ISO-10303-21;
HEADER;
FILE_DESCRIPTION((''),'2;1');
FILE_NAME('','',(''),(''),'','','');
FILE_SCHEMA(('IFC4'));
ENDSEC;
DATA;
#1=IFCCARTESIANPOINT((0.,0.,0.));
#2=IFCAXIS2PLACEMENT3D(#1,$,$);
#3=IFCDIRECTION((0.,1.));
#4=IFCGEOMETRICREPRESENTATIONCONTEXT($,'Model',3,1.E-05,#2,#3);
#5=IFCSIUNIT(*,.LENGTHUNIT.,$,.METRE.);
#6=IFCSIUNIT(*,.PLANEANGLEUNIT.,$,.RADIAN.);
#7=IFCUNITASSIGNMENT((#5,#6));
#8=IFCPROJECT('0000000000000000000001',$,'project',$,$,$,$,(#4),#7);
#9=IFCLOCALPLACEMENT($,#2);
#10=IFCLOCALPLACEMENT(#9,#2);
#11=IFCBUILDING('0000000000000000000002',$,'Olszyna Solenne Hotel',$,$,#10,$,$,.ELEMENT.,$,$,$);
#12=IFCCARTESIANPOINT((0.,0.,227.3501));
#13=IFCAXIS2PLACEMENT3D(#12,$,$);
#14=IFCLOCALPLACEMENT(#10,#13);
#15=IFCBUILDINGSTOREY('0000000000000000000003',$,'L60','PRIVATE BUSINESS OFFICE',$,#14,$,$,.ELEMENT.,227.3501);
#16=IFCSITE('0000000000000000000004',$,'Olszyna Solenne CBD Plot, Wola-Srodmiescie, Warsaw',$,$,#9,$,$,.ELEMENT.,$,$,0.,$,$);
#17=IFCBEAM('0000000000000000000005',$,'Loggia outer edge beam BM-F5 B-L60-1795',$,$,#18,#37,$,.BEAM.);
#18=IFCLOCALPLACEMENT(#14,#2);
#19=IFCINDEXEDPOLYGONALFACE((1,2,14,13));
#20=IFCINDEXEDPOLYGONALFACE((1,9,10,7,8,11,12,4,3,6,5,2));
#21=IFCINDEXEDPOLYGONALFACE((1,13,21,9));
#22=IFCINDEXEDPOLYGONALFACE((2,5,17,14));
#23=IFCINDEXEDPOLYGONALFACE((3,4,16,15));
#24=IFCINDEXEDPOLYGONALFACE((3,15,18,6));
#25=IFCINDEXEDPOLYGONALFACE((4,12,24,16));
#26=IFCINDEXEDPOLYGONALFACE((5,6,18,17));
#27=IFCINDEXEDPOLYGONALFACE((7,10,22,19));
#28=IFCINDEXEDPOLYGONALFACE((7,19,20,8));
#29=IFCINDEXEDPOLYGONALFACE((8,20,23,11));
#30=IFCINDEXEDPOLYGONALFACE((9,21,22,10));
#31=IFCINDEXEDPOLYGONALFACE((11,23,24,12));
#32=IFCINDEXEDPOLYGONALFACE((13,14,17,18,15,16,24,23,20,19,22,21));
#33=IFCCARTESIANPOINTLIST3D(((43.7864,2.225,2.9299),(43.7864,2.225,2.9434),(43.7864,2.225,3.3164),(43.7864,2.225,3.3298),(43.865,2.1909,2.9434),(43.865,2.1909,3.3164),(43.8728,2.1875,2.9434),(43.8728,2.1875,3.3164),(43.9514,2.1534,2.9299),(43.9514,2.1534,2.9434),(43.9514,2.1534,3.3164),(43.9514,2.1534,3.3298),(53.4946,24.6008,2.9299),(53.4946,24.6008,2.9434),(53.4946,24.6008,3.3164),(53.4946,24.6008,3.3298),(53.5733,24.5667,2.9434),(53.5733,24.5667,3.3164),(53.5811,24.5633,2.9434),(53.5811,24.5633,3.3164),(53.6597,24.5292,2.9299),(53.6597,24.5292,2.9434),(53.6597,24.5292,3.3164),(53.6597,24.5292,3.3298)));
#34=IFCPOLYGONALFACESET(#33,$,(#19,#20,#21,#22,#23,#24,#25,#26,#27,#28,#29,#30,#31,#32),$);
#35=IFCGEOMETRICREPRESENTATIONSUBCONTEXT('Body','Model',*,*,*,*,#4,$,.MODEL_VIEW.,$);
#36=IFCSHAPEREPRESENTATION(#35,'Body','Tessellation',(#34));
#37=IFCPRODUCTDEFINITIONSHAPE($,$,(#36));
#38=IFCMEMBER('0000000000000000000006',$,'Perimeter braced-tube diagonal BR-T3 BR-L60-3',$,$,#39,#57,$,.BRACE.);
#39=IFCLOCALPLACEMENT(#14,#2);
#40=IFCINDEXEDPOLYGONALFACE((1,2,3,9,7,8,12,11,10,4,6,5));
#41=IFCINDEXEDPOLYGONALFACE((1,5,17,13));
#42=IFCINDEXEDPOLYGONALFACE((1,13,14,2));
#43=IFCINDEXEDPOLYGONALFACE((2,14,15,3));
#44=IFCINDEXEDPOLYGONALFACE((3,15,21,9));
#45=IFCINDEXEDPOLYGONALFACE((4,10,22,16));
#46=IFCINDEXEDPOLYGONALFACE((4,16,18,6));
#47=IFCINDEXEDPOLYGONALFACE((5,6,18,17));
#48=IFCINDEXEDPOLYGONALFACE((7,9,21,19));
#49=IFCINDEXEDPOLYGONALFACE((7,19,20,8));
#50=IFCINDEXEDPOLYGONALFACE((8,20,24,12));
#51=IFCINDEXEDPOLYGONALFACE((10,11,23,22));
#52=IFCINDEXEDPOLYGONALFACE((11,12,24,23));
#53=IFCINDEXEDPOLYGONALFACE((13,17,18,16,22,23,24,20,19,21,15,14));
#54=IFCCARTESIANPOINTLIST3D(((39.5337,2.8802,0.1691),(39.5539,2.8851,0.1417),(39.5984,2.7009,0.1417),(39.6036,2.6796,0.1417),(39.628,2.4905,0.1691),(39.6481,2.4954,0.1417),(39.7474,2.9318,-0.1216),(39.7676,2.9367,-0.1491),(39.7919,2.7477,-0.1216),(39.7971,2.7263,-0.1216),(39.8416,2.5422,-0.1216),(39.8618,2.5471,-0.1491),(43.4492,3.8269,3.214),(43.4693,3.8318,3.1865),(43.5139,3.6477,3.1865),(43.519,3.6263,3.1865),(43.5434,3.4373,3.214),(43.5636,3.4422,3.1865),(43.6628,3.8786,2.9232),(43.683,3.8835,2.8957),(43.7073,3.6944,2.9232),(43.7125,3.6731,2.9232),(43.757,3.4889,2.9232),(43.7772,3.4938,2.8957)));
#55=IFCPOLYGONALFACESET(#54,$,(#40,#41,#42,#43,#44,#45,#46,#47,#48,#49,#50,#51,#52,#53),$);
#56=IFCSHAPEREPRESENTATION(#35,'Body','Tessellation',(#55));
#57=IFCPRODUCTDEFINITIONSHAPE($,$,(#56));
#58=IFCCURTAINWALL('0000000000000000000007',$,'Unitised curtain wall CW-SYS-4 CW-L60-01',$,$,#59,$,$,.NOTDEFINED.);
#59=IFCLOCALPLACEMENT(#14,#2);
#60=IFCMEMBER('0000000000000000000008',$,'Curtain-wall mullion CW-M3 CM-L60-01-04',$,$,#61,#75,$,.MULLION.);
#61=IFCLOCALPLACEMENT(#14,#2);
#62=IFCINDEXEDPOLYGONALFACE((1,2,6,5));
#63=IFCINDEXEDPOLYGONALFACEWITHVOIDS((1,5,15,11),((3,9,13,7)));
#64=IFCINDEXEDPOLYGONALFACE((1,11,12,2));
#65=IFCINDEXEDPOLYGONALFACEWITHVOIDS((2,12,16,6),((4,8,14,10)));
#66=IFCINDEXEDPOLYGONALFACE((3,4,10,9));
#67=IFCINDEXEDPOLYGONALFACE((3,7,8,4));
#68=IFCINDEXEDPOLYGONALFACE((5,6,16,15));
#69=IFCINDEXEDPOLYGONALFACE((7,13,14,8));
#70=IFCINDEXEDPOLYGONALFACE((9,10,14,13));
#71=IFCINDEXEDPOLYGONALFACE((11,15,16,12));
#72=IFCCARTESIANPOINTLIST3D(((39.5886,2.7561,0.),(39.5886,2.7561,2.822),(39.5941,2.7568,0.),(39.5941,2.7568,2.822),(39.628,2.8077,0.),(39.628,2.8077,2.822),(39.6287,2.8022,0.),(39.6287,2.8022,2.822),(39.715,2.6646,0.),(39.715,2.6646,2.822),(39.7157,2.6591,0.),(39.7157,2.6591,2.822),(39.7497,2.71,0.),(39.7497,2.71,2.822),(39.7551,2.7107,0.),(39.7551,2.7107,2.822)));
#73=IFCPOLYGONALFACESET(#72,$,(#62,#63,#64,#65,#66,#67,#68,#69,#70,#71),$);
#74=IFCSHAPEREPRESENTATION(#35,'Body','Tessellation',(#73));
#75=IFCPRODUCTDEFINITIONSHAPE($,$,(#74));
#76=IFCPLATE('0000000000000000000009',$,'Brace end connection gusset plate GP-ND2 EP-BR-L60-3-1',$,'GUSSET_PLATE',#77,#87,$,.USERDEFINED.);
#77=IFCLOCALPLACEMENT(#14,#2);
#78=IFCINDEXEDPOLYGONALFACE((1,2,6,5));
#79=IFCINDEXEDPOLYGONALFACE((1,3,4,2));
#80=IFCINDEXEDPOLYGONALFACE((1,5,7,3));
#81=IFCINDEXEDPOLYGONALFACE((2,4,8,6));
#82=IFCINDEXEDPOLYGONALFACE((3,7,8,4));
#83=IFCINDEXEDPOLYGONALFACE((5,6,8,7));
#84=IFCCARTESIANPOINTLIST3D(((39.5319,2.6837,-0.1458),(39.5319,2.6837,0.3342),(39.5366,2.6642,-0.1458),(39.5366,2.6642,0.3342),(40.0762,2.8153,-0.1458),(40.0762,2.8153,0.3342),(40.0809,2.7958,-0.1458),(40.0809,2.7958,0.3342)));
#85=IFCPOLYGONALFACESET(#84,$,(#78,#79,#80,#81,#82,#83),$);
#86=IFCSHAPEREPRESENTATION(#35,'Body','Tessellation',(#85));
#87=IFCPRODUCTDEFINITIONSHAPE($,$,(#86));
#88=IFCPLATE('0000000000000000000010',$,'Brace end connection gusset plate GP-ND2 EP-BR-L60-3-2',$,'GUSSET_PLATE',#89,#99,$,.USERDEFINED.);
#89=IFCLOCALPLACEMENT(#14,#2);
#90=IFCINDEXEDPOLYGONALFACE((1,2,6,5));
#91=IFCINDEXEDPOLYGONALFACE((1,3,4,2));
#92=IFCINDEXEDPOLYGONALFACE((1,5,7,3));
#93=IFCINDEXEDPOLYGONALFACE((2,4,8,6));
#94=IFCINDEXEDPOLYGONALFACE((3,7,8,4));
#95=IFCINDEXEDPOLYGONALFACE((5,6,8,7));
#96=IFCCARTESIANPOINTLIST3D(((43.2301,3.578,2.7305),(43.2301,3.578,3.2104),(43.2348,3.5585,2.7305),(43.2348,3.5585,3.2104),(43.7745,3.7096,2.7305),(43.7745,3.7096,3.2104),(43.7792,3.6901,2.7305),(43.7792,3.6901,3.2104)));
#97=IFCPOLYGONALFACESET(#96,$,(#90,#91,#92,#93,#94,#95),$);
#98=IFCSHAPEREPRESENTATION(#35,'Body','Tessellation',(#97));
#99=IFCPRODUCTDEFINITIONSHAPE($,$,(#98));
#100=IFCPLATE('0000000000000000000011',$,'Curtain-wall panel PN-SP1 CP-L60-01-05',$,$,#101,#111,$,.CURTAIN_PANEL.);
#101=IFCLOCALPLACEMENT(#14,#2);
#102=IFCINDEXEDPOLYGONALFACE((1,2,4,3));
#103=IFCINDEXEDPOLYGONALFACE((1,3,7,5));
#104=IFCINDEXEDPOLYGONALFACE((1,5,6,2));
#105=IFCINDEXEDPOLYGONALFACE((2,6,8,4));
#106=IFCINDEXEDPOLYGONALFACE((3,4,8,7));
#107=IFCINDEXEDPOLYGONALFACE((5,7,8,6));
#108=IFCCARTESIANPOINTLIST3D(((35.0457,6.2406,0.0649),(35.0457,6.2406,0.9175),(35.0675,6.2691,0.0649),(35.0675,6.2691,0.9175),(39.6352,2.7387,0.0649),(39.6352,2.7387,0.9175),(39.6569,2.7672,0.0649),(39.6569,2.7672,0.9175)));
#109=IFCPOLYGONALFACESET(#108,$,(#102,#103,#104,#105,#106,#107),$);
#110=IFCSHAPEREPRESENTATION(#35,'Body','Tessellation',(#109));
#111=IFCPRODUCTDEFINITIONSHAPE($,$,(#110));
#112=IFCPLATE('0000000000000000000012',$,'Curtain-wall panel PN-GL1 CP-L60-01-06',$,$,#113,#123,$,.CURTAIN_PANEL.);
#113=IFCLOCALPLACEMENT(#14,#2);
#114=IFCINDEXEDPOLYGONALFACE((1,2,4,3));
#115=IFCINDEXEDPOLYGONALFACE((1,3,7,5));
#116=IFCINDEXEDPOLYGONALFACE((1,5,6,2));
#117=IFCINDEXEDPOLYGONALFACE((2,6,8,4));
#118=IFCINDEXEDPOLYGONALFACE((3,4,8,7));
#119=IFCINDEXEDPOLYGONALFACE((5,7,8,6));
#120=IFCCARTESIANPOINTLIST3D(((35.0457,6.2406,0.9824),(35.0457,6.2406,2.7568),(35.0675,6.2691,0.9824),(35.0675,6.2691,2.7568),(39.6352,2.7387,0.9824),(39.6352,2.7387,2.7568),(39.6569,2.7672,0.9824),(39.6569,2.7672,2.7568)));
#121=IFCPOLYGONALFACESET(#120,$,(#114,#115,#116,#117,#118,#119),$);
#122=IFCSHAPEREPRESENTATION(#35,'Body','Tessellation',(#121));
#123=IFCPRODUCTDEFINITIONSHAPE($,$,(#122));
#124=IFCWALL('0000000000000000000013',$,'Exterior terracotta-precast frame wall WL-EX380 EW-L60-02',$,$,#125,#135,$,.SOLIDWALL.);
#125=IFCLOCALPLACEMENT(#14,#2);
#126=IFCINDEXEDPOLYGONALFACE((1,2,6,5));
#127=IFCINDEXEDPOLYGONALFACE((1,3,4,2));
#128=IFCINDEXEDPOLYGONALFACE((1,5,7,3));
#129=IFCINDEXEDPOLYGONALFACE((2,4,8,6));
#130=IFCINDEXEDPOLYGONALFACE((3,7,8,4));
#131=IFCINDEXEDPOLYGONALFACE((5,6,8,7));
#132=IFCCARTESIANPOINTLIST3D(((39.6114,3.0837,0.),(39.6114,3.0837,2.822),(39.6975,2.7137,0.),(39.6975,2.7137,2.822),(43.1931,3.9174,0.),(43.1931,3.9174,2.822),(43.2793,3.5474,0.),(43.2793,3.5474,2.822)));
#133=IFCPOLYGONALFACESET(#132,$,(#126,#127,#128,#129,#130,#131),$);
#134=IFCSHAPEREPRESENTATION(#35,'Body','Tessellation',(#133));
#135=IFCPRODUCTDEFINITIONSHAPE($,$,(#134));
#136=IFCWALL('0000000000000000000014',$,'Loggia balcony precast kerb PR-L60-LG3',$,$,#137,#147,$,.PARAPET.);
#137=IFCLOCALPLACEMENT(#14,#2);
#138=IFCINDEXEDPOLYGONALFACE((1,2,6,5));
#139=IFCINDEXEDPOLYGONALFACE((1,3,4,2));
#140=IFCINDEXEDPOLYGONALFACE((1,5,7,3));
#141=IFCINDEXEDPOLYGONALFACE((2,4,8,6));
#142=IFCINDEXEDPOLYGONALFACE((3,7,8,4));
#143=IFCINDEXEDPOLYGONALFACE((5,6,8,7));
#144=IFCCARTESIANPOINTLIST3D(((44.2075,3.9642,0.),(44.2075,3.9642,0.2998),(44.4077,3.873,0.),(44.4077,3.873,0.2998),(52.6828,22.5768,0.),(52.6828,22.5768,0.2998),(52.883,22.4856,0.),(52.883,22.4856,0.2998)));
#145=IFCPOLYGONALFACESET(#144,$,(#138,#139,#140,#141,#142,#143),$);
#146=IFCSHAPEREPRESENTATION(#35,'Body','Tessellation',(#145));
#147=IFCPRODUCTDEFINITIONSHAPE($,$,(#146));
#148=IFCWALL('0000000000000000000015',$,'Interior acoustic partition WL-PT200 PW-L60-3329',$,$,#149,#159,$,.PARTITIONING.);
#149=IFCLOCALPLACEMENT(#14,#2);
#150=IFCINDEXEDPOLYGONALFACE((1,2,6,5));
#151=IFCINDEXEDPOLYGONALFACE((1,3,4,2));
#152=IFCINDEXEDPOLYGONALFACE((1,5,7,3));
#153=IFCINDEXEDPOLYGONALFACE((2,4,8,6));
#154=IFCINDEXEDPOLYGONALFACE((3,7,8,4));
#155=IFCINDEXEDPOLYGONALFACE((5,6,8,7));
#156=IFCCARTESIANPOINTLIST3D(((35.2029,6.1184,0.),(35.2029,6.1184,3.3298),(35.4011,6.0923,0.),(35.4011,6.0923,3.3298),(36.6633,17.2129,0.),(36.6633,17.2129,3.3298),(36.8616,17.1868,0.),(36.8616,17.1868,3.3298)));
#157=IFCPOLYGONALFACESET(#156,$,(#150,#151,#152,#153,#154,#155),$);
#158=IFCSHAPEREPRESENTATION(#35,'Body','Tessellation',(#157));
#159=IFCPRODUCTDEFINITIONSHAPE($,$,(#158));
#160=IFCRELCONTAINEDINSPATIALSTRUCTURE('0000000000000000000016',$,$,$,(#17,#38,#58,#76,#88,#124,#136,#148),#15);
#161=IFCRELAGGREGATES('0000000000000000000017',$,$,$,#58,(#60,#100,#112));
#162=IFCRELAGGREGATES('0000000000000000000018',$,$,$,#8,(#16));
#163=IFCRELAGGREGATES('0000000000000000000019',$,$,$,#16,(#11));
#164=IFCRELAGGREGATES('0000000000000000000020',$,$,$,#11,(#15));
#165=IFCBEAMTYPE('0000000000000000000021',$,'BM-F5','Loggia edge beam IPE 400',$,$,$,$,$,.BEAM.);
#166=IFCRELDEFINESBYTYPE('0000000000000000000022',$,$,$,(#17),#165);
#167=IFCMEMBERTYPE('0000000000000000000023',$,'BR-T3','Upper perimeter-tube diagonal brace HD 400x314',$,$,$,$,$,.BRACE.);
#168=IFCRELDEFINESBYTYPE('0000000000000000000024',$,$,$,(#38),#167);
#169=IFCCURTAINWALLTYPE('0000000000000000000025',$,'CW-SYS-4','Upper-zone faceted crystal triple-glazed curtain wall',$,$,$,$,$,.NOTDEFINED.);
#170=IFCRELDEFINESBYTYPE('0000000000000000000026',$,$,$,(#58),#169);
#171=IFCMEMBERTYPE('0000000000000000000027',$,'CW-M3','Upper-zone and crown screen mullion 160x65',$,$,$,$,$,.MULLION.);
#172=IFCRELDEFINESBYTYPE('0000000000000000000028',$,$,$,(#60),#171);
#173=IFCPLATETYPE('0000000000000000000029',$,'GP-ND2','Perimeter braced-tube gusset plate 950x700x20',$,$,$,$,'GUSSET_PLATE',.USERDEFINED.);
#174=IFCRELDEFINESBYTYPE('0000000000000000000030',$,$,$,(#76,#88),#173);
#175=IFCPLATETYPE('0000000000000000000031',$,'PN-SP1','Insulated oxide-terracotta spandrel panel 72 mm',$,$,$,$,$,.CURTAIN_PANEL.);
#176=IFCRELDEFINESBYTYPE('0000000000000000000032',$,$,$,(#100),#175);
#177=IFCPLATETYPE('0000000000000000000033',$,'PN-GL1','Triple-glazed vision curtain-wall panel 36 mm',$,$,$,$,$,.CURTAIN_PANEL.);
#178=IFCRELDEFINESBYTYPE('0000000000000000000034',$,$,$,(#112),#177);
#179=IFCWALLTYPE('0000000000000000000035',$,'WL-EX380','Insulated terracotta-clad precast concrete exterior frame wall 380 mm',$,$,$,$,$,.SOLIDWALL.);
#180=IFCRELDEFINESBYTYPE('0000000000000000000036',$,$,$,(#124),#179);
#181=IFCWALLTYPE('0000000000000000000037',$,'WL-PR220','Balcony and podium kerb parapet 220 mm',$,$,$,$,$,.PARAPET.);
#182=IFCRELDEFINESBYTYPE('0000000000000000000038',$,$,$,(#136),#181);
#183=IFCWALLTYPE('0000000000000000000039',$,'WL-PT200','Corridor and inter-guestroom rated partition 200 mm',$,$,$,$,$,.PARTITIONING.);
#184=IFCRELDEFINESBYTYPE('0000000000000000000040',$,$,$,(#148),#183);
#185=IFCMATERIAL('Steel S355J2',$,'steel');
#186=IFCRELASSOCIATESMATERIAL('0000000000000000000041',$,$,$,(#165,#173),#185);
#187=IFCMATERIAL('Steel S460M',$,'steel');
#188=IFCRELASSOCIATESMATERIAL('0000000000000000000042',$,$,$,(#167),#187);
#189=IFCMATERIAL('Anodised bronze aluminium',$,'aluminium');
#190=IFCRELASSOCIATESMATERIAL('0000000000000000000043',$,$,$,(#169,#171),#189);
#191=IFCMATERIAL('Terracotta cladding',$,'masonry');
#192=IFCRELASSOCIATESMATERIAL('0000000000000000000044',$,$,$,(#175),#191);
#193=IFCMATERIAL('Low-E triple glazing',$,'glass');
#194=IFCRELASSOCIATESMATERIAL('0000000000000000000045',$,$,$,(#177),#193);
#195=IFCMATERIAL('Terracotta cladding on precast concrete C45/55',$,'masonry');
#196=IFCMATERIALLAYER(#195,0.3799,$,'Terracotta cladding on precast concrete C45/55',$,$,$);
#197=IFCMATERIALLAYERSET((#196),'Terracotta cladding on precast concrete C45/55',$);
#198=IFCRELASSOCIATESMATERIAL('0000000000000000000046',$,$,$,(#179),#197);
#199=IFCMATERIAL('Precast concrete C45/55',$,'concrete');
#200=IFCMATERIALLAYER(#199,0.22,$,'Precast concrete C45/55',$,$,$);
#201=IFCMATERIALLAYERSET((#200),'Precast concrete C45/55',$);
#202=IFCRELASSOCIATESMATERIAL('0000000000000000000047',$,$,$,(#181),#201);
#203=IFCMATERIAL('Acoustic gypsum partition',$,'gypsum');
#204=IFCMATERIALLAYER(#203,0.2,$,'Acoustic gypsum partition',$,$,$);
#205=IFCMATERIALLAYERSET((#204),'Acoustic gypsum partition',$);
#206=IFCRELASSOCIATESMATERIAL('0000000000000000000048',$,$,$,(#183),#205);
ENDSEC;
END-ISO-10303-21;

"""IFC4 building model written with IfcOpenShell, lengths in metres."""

from ifc_helpers import new_model, si_unit, direction, frame, frame_2d, origin, origin_2d, place, context, subcontext, project, spatial, rectangle, hollow_rectangle, i_section, extrude, source, transform, mapped, material, layer, layer_set, material_profile, profile_set, type_object, element, aggregate, save


model = new_model("IFC4")

# Units and contexts
model_context = context("Model", 3, precision=1e-05, world=origin(), true_north=direction((0.0, 1.0)))
body_context = subcontext(model_context, "Body", "Model", "MODEL_VIEW")
ifc_project = project(units=[si_unit("LENGTHUNIT", "METRE"), si_unit("PLANEANGLEUNIT", "RADIAN")], contexts=[model_context])

# Site, building, storey
site_placement = place(None, origin())
site = spatial("IfcSite", under=ifc_project, at=site_placement, Name="Olszyna Solenne CBD Plot, Wola-Srodmiescie, Warsaw", CompositionType="ELEMENT", RefElevation=0.0)
building_placement = place(site_placement, origin())
building = spatial("IfcBuilding", under=site, at=building_placement, Name="Olszyna Solenne Hotel", CompositionType="ELEMENT")
storey_placement = place(building_placement, frame((0.0, 0.0, 227.3501)))
storey = spatial("IfcBuildingStorey", under=building, at=storey_placement, Name="L60", Description="PRIVATE BUSINESS OFFICE", CompositionType="ELEMENT", Elevation=227.3501)

# Shared definitions
ifc_material_1 = material(Name="Steel S460M", Category="steel")

# Beam
ifc_material_2 = material(Name="Steel S355J2", Category="steel")
ifc_material_profile_1 = material_profile(ifc_material_2, i_section(OverallWidth=0.1799, OverallDepth=0.3999, WebThickness=0.0085, FlangeThickness=0.0134, at=origin_2d()), Name="IPE 400", Category="load-bearing")
ifc_profile_set_1 = profile_set([ifc_material_profile_1], Name="Steel S355J2")
beam_type_1 = type_object("IfcBeamType", Name="BM-F5", Description="Loggia edge beam IPE 400", PredefinedType="BEAM", material=ifc_profile_set_1)
shared_shape_1 = source(origin(), body_context, "Body", "SweptSolid", [
    extrude(i_section(OverallWidth=0.1799, OverallDepth=0.3999, WebThickness=0.0085, FlangeThickness=0.0134, at=origin_2d()), origin(), (0.0, 0.0, 1.0), 24.3911),
])
beam_1_placement = place(storey_placement, frame((43.8689, 2.1892, 3.1299), z_axis=(0.398025, 0.917375, 0.0), x_axis=(-0.917375, 0.398025, 0.0)))
element("IfcBeam", 1, at=beam_1_placement, inside=storey, type_object=beam_type_1, Name="Loggia outer edge beam BM-F5 B-L60-1795", PredefinedType="BEAM", context=body_context, shape_type="MappedRepresentation", body=[
    mapped(shared_shape_1, transform((0.0, 0.0, 0.0), x_axis=(1.0, 0.0, 0.0), y_axis=(0.0, 1.0, 0.0), z_axis=(0.0, 0.0, 1.0), scale=1.0)),
])

# Member
ifc_material_profile_2 = material_profile(ifc_material_1, i_section(OverallWidth=0.4009, OverallDepth=0.3989, WebThickness=0.022, FlangeThickness=0.0344, at=origin_2d()), Name="HD 400x314", Category="load-bearing")
ifc_profile_set_2 = profile_set([ifc_material_profile_2], Name="Steel S460M")
member_type_1 = type_object("IfcMemberType", Name="BR-T3", Description="Upper perimeter-tube diagonal brace HD 400x314", PredefinedType="BRACE", material=ifc_profile_set_2)
shared_shape_2 = source(origin(), body_context, "Body", "SweptSolid", [
    extrude(i_section(OverallWidth=0.4009, OverallDepth=0.3989, WebThickness=0.022, FlangeThickness=0.0344, at=origin_2d()), origin(), (0.0, 0.0, 1.0), 5.0496),
])
member_1_placement = place(storey_placement, frame((39.6978, 2.7136, 0.01), z_axis=(0.775401, 0.187492, 0.602993), x_axis=(-0.235028, 0.971989, 0.0)))
element("IfcMember", 2, at=member_1_placement, inside=storey, type_object=member_type_1, Name="Perimeter braced-tube diagonal BR-T3 BR-L60-3", PredefinedType="BRACE", context=body_context, shape_type="MappedRepresentation", body=[
    mapped(shared_shape_2, transform((0.0, 0.0, 0.0), x_axis=(1.0, 0.0, 0.0), y_axis=(0.0, 1.0, 0.0), z_axis=(0.0, 0.0, 1.0), scale=1.0)),
])

# Curtain wall, member
ifc_material_3 = material(Name="Anodised bronze aluminium", Category="aluminium")
curtain_wall_type = type_object("IfcCurtainWallType", Name="CW-SYS-4", Description="Upper-zone faceted crystal triple-glazed curtain wall", PredefinedType="NOTDEFINED", material=ifc_material_3)
curtain_wall_placement = place(storey_placement, origin())
curtain_wall = element("IfcCurtainWall", 3, at=curtain_wall_placement, inside=storey, type_object=curtain_wall_type, Name="Unitised curtain wall CW-SYS-4 CW-L60-01", PredefinedType="NOTDEFINED")
ifc_material_profile_3 = material_profile(ifc_material_3, hollow_rectangle(XDim=0.0649, YDim=0.1599, WallThickness=0.0039, at=origin_2d()), Name="MULL 160x65x4", Category="load-bearing")
ifc_profile_set_3 = profile_set([ifc_material_profile_3], Name="Anodised bronze aluminium")
member_type_2 = type_object("IfcMemberType", Name="CW-M3", Description="Upper-zone and crown screen mullion 160x65", PredefinedType="MULLION", material=ifc_profile_set_3)
shared_shape_3 = source(origin(), body_context, "Body", "SweptSolid", [
    extrude(hollow_rectangle(XDim=0.0649, YDim=0.1599, WallThickness=0.0039, at=origin_2d()), origin(), (0.0, 0.0, 1.0), 2.822),
])
member_2_placement = place(storey_placement, frame((39.6719, 2.7334, 0.0), z_axis=(0.0, 0.0, 1.0), x_axis=(0.606611, 0.794999, 0.0)))
member_2 = element("IfcMember", 4, at=member_2_placement, type_object=member_type_2, Name="Curtain-wall mullion CW-M3 CM-L60-01-04", PredefinedType="MULLION", context=body_context, shape_type="MappedRepresentation", body=[
    mapped(shared_shape_3, transform((0.0, 0.0, 0.0), x_axis=(1.0, 0.0, 0.0), y_axis=(0.0, 1.0, 0.0), z_axis=(0.0, 0.0, 1.0), scale=1.0)),
])

# Plates
plate_type_1 = type_object("IfcPlateType", Name="GP-ND2", Description="Perimeter braced-tube gusset plate 950x700x20", ElementType="GUSSET_PLATE", PredefinedType="USERDEFINED", material=ifc_material_2)
shared_shape_4 = source(origin(), body_context, "Body", "SweptSolid", [
    extrude(rectangle(XDim=0.5601, YDim=0.02, at=origin_2d()), origin(), (0.0, 0.0, 1.0), 0.48),
])
for number, where, z_axis, x_axis, name in (
    (5, (39.8064, 2.7397, -0.1458), (0.0, 0.0, 1.0), (0.972002, 0.234972, 0.0), "Brace end connection gusset plate GP-ND2 EP-BR-L60-3-1"),
    (6, (43.5046, 3.634, 2.7305), (0.0, 0.0, 1.0), (0.972002, 0.234972, 0.0), "Brace end connection gusset plate GP-ND2 EP-BR-L60-3-2"),
):
    element("IfcPlate", number, at=place(storey_placement, frame(where, z_axis=z_axis, x_axis=x_axis)), inside=storey, type_object=plate_type_1, Name=name, ObjectType="GUSSET_PLATE", PredefinedType="USERDEFINED", context=body_context, shape_type="MappedRepresentation", body=[
        mapped(shared_shape_4, transform((0.0, 0.0, 0.0), x_axis=(1.0, 0.0, 0.0), y_axis=(0.0, 1.0, 0.0), z_axis=(0.0, 0.0, 1.0), scale=1.0)),
    ])

# Plates
ifc_material_4 = material(Name="Terracotta cladding", Category="masonry")
plate_type_2 = type_object("IfcPlateType", Name="PN-SP1", Description="Insulated oxide-terracotta spandrel panel 72 mm", PredefinedType="CURTAIN_PANEL", material=ifc_material_4)
shared_shape_5 = source(origin(), body_context, "Body", "SweptSolid", [
    extrude(rectangle(XDim=5.7729, YDim=0.0359, at=origin_2d()), origin(), (0.0, 0.0, 1.0), 0.8525),
])
plate_1_placement = place(storey_placement, frame((37.3513, 4.5039, 0.0649), z_axis=(0.0, 0.0, 1.0), x_axis=(0.794999, -0.606611, 0.0)))
plate_1 = element("IfcPlate", 7, at=plate_1_placement, type_object=plate_type_2, Name="Curtain-wall panel PN-SP1 CP-L60-01-05", PredefinedType="CURTAIN_PANEL", context=body_context, shape_type="MappedRepresentation", body=[
    mapped(shared_shape_5, transform((0.0, 0.0, 0.0), x_axis=(1.0, 0.0, 0.0), y_axis=(0.0, 1.0, 0.0), z_axis=(0.0, 0.0, 1.0), scale=1.0)),
])
ifc_material_5 = material(Name="Low-E triple glazing", Category="glass")
plate_type_3 = type_object("IfcPlateType", Name="PN-GL1", Description="Triple-glazed vision curtain-wall panel 36 mm", PredefinedType="CURTAIN_PANEL", material=ifc_material_5)
shared_shape_6 = source(origin(), body_context, "Body", "SweptSolid", [
    extrude(rectangle(XDim=5.7729, YDim=0.0359, at=origin_2d()), origin(), (0.0, 0.0, 1.0), 1.7744),
])
plate_2_placement = place(storey_placement, frame((37.3513, 4.5039, 0.9824), z_axis=(0.0, 0.0, 1.0), x_axis=(0.794999, -0.606611, 0.0)))
plate_2 = element("IfcPlate", 8, at=plate_2_placement, type_object=plate_type_3, Name="Curtain-wall panel PN-GL1 CP-L60-01-06", PredefinedType="CURTAIN_PANEL", context=body_context, shape_type="MappedRepresentation", body=[
    mapped(shared_shape_6, transform((0.0, 0.0, 0.0), x_axis=(1.0, 0.0, 0.0), y_axis=(0.0, 1.0, 0.0), z_axis=(0.0, 0.0, 1.0), scale=1.0)),
])
aggregate(curtain_wall, [member_2, plate_1, plate_2])

# Walls
ifc_material_6 = material(Name="Terracotta cladding on precast concrete C45/55", Category="masonry")
ifc_layer_1 = layer(ifc_material_6, 0.3799, Name="Terracotta cladding on precast concrete C45/55")
ifc_layer_set_1 = layer_set([ifc_layer_1], Name="Terracotta cladding on precast concrete C45/55")
wall_type_1 = type_object("IfcWallType", Name="WL-EX380", Description="Insulated terracotta-clad precast concrete exterior frame wall 380 mm", PredefinedType="SOLIDWALL", material=ifc_layer_set_1)
wall_1_placement = place(storey_placement, frame((43.2363, 3.7324, 0.0), z_axis=(0.0, 0.0, 1.0), x_axis=(-0.973962, -0.226711, 0.0)))
element("IfcWall", 9, at=wall_1_placement, inside=storey, type_object=wall_type_1, Name="Exterior terracotta-precast frame wall WL-EX380 EW-L60-02", PredefinedType="SOLIDWALL", context=body_context, shape_type="SweptSolid", body=[
    extrude(rectangle(XDim=3.6775, YDim=0.3799, at=frame_2d((1.8389, 0.0))), origin(), (0.0, 0.0, 1.0), 2.822),
])
ifc_material_7 = material(Name="Precast concrete C45/55", Category="concrete")
ifc_layer_2 = layer(ifc_material_7, 0.22, Name="Precast concrete C45/55")
ifc_layer_set_2 = layer_set([ifc_layer_2], Name="Precast concrete C45/55")
wall_type_2 = type_object("IfcWallType", Name="WL-PR220", Description="Balcony and podium kerb parapet 220 mm", PredefinedType="PARAPET", material=ifc_layer_set_2)
wall_2_placement = place(storey_placement, frame((44.3076, 3.9187, 0.0), z_axis=(0.0, 0.0, 1.0), x_axis=(0.414414, 0.910088, 0.0)))
element("IfcWall", 10, at=wall_2_placement, inside=storey, type_object=wall_type_2, Name="Loggia balcony precast kerb PR-L60-LG3", PredefinedType="PARAPET", context=body_context, shape_type="SweptSolid", body=[
    extrude(rectangle(XDim=20.4514, YDim=0.22, at=frame_2d((10.2256, 0.0))), origin(), (0.0, 0.0, 1.0), 0.2998),
])
ifc_material_8 = material(Name="Acoustic gypsum partition", Category="gypsum")
ifc_layer_3 = layer(ifc_material_8, 0.2, Name="Acoustic gypsum partition")
ifc_layer_set_3 = layer_set([ifc_layer_3], Name="Acoustic gypsum partition")
wall_type_3 = type_object("IfcWallType", Name="WL-PT200", Description="Corridor and inter-guestroom rated partition 200 mm", PredefinedType="PARTITIONING", material=ifc_layer_set_3)
wall_3_placement = place(storey_placement, frame((36.7625, 17.2, 0.0), z_axis=(0.0, 0.0, 1.0), x_axis=(-0.130512, -0.991447, 0.0)))
element("IfcWall", 11, at=wall_3_placement, inside=storey, type_object=wall_type_3, Name="Interior acoustic partition WL-PT200 PW-L60-3329", PredefinedType="PARTITIONING", context=body_context, shape_type="SweptSolid", body=[
    extrude(rectangle(XDim=11.1902, YDim=0.2, at=frame_2d((5.5952, 0.0))), origin(), (0.0, 0.0, 1.0), 3.3298),
])

save(model, "model.ifc")
